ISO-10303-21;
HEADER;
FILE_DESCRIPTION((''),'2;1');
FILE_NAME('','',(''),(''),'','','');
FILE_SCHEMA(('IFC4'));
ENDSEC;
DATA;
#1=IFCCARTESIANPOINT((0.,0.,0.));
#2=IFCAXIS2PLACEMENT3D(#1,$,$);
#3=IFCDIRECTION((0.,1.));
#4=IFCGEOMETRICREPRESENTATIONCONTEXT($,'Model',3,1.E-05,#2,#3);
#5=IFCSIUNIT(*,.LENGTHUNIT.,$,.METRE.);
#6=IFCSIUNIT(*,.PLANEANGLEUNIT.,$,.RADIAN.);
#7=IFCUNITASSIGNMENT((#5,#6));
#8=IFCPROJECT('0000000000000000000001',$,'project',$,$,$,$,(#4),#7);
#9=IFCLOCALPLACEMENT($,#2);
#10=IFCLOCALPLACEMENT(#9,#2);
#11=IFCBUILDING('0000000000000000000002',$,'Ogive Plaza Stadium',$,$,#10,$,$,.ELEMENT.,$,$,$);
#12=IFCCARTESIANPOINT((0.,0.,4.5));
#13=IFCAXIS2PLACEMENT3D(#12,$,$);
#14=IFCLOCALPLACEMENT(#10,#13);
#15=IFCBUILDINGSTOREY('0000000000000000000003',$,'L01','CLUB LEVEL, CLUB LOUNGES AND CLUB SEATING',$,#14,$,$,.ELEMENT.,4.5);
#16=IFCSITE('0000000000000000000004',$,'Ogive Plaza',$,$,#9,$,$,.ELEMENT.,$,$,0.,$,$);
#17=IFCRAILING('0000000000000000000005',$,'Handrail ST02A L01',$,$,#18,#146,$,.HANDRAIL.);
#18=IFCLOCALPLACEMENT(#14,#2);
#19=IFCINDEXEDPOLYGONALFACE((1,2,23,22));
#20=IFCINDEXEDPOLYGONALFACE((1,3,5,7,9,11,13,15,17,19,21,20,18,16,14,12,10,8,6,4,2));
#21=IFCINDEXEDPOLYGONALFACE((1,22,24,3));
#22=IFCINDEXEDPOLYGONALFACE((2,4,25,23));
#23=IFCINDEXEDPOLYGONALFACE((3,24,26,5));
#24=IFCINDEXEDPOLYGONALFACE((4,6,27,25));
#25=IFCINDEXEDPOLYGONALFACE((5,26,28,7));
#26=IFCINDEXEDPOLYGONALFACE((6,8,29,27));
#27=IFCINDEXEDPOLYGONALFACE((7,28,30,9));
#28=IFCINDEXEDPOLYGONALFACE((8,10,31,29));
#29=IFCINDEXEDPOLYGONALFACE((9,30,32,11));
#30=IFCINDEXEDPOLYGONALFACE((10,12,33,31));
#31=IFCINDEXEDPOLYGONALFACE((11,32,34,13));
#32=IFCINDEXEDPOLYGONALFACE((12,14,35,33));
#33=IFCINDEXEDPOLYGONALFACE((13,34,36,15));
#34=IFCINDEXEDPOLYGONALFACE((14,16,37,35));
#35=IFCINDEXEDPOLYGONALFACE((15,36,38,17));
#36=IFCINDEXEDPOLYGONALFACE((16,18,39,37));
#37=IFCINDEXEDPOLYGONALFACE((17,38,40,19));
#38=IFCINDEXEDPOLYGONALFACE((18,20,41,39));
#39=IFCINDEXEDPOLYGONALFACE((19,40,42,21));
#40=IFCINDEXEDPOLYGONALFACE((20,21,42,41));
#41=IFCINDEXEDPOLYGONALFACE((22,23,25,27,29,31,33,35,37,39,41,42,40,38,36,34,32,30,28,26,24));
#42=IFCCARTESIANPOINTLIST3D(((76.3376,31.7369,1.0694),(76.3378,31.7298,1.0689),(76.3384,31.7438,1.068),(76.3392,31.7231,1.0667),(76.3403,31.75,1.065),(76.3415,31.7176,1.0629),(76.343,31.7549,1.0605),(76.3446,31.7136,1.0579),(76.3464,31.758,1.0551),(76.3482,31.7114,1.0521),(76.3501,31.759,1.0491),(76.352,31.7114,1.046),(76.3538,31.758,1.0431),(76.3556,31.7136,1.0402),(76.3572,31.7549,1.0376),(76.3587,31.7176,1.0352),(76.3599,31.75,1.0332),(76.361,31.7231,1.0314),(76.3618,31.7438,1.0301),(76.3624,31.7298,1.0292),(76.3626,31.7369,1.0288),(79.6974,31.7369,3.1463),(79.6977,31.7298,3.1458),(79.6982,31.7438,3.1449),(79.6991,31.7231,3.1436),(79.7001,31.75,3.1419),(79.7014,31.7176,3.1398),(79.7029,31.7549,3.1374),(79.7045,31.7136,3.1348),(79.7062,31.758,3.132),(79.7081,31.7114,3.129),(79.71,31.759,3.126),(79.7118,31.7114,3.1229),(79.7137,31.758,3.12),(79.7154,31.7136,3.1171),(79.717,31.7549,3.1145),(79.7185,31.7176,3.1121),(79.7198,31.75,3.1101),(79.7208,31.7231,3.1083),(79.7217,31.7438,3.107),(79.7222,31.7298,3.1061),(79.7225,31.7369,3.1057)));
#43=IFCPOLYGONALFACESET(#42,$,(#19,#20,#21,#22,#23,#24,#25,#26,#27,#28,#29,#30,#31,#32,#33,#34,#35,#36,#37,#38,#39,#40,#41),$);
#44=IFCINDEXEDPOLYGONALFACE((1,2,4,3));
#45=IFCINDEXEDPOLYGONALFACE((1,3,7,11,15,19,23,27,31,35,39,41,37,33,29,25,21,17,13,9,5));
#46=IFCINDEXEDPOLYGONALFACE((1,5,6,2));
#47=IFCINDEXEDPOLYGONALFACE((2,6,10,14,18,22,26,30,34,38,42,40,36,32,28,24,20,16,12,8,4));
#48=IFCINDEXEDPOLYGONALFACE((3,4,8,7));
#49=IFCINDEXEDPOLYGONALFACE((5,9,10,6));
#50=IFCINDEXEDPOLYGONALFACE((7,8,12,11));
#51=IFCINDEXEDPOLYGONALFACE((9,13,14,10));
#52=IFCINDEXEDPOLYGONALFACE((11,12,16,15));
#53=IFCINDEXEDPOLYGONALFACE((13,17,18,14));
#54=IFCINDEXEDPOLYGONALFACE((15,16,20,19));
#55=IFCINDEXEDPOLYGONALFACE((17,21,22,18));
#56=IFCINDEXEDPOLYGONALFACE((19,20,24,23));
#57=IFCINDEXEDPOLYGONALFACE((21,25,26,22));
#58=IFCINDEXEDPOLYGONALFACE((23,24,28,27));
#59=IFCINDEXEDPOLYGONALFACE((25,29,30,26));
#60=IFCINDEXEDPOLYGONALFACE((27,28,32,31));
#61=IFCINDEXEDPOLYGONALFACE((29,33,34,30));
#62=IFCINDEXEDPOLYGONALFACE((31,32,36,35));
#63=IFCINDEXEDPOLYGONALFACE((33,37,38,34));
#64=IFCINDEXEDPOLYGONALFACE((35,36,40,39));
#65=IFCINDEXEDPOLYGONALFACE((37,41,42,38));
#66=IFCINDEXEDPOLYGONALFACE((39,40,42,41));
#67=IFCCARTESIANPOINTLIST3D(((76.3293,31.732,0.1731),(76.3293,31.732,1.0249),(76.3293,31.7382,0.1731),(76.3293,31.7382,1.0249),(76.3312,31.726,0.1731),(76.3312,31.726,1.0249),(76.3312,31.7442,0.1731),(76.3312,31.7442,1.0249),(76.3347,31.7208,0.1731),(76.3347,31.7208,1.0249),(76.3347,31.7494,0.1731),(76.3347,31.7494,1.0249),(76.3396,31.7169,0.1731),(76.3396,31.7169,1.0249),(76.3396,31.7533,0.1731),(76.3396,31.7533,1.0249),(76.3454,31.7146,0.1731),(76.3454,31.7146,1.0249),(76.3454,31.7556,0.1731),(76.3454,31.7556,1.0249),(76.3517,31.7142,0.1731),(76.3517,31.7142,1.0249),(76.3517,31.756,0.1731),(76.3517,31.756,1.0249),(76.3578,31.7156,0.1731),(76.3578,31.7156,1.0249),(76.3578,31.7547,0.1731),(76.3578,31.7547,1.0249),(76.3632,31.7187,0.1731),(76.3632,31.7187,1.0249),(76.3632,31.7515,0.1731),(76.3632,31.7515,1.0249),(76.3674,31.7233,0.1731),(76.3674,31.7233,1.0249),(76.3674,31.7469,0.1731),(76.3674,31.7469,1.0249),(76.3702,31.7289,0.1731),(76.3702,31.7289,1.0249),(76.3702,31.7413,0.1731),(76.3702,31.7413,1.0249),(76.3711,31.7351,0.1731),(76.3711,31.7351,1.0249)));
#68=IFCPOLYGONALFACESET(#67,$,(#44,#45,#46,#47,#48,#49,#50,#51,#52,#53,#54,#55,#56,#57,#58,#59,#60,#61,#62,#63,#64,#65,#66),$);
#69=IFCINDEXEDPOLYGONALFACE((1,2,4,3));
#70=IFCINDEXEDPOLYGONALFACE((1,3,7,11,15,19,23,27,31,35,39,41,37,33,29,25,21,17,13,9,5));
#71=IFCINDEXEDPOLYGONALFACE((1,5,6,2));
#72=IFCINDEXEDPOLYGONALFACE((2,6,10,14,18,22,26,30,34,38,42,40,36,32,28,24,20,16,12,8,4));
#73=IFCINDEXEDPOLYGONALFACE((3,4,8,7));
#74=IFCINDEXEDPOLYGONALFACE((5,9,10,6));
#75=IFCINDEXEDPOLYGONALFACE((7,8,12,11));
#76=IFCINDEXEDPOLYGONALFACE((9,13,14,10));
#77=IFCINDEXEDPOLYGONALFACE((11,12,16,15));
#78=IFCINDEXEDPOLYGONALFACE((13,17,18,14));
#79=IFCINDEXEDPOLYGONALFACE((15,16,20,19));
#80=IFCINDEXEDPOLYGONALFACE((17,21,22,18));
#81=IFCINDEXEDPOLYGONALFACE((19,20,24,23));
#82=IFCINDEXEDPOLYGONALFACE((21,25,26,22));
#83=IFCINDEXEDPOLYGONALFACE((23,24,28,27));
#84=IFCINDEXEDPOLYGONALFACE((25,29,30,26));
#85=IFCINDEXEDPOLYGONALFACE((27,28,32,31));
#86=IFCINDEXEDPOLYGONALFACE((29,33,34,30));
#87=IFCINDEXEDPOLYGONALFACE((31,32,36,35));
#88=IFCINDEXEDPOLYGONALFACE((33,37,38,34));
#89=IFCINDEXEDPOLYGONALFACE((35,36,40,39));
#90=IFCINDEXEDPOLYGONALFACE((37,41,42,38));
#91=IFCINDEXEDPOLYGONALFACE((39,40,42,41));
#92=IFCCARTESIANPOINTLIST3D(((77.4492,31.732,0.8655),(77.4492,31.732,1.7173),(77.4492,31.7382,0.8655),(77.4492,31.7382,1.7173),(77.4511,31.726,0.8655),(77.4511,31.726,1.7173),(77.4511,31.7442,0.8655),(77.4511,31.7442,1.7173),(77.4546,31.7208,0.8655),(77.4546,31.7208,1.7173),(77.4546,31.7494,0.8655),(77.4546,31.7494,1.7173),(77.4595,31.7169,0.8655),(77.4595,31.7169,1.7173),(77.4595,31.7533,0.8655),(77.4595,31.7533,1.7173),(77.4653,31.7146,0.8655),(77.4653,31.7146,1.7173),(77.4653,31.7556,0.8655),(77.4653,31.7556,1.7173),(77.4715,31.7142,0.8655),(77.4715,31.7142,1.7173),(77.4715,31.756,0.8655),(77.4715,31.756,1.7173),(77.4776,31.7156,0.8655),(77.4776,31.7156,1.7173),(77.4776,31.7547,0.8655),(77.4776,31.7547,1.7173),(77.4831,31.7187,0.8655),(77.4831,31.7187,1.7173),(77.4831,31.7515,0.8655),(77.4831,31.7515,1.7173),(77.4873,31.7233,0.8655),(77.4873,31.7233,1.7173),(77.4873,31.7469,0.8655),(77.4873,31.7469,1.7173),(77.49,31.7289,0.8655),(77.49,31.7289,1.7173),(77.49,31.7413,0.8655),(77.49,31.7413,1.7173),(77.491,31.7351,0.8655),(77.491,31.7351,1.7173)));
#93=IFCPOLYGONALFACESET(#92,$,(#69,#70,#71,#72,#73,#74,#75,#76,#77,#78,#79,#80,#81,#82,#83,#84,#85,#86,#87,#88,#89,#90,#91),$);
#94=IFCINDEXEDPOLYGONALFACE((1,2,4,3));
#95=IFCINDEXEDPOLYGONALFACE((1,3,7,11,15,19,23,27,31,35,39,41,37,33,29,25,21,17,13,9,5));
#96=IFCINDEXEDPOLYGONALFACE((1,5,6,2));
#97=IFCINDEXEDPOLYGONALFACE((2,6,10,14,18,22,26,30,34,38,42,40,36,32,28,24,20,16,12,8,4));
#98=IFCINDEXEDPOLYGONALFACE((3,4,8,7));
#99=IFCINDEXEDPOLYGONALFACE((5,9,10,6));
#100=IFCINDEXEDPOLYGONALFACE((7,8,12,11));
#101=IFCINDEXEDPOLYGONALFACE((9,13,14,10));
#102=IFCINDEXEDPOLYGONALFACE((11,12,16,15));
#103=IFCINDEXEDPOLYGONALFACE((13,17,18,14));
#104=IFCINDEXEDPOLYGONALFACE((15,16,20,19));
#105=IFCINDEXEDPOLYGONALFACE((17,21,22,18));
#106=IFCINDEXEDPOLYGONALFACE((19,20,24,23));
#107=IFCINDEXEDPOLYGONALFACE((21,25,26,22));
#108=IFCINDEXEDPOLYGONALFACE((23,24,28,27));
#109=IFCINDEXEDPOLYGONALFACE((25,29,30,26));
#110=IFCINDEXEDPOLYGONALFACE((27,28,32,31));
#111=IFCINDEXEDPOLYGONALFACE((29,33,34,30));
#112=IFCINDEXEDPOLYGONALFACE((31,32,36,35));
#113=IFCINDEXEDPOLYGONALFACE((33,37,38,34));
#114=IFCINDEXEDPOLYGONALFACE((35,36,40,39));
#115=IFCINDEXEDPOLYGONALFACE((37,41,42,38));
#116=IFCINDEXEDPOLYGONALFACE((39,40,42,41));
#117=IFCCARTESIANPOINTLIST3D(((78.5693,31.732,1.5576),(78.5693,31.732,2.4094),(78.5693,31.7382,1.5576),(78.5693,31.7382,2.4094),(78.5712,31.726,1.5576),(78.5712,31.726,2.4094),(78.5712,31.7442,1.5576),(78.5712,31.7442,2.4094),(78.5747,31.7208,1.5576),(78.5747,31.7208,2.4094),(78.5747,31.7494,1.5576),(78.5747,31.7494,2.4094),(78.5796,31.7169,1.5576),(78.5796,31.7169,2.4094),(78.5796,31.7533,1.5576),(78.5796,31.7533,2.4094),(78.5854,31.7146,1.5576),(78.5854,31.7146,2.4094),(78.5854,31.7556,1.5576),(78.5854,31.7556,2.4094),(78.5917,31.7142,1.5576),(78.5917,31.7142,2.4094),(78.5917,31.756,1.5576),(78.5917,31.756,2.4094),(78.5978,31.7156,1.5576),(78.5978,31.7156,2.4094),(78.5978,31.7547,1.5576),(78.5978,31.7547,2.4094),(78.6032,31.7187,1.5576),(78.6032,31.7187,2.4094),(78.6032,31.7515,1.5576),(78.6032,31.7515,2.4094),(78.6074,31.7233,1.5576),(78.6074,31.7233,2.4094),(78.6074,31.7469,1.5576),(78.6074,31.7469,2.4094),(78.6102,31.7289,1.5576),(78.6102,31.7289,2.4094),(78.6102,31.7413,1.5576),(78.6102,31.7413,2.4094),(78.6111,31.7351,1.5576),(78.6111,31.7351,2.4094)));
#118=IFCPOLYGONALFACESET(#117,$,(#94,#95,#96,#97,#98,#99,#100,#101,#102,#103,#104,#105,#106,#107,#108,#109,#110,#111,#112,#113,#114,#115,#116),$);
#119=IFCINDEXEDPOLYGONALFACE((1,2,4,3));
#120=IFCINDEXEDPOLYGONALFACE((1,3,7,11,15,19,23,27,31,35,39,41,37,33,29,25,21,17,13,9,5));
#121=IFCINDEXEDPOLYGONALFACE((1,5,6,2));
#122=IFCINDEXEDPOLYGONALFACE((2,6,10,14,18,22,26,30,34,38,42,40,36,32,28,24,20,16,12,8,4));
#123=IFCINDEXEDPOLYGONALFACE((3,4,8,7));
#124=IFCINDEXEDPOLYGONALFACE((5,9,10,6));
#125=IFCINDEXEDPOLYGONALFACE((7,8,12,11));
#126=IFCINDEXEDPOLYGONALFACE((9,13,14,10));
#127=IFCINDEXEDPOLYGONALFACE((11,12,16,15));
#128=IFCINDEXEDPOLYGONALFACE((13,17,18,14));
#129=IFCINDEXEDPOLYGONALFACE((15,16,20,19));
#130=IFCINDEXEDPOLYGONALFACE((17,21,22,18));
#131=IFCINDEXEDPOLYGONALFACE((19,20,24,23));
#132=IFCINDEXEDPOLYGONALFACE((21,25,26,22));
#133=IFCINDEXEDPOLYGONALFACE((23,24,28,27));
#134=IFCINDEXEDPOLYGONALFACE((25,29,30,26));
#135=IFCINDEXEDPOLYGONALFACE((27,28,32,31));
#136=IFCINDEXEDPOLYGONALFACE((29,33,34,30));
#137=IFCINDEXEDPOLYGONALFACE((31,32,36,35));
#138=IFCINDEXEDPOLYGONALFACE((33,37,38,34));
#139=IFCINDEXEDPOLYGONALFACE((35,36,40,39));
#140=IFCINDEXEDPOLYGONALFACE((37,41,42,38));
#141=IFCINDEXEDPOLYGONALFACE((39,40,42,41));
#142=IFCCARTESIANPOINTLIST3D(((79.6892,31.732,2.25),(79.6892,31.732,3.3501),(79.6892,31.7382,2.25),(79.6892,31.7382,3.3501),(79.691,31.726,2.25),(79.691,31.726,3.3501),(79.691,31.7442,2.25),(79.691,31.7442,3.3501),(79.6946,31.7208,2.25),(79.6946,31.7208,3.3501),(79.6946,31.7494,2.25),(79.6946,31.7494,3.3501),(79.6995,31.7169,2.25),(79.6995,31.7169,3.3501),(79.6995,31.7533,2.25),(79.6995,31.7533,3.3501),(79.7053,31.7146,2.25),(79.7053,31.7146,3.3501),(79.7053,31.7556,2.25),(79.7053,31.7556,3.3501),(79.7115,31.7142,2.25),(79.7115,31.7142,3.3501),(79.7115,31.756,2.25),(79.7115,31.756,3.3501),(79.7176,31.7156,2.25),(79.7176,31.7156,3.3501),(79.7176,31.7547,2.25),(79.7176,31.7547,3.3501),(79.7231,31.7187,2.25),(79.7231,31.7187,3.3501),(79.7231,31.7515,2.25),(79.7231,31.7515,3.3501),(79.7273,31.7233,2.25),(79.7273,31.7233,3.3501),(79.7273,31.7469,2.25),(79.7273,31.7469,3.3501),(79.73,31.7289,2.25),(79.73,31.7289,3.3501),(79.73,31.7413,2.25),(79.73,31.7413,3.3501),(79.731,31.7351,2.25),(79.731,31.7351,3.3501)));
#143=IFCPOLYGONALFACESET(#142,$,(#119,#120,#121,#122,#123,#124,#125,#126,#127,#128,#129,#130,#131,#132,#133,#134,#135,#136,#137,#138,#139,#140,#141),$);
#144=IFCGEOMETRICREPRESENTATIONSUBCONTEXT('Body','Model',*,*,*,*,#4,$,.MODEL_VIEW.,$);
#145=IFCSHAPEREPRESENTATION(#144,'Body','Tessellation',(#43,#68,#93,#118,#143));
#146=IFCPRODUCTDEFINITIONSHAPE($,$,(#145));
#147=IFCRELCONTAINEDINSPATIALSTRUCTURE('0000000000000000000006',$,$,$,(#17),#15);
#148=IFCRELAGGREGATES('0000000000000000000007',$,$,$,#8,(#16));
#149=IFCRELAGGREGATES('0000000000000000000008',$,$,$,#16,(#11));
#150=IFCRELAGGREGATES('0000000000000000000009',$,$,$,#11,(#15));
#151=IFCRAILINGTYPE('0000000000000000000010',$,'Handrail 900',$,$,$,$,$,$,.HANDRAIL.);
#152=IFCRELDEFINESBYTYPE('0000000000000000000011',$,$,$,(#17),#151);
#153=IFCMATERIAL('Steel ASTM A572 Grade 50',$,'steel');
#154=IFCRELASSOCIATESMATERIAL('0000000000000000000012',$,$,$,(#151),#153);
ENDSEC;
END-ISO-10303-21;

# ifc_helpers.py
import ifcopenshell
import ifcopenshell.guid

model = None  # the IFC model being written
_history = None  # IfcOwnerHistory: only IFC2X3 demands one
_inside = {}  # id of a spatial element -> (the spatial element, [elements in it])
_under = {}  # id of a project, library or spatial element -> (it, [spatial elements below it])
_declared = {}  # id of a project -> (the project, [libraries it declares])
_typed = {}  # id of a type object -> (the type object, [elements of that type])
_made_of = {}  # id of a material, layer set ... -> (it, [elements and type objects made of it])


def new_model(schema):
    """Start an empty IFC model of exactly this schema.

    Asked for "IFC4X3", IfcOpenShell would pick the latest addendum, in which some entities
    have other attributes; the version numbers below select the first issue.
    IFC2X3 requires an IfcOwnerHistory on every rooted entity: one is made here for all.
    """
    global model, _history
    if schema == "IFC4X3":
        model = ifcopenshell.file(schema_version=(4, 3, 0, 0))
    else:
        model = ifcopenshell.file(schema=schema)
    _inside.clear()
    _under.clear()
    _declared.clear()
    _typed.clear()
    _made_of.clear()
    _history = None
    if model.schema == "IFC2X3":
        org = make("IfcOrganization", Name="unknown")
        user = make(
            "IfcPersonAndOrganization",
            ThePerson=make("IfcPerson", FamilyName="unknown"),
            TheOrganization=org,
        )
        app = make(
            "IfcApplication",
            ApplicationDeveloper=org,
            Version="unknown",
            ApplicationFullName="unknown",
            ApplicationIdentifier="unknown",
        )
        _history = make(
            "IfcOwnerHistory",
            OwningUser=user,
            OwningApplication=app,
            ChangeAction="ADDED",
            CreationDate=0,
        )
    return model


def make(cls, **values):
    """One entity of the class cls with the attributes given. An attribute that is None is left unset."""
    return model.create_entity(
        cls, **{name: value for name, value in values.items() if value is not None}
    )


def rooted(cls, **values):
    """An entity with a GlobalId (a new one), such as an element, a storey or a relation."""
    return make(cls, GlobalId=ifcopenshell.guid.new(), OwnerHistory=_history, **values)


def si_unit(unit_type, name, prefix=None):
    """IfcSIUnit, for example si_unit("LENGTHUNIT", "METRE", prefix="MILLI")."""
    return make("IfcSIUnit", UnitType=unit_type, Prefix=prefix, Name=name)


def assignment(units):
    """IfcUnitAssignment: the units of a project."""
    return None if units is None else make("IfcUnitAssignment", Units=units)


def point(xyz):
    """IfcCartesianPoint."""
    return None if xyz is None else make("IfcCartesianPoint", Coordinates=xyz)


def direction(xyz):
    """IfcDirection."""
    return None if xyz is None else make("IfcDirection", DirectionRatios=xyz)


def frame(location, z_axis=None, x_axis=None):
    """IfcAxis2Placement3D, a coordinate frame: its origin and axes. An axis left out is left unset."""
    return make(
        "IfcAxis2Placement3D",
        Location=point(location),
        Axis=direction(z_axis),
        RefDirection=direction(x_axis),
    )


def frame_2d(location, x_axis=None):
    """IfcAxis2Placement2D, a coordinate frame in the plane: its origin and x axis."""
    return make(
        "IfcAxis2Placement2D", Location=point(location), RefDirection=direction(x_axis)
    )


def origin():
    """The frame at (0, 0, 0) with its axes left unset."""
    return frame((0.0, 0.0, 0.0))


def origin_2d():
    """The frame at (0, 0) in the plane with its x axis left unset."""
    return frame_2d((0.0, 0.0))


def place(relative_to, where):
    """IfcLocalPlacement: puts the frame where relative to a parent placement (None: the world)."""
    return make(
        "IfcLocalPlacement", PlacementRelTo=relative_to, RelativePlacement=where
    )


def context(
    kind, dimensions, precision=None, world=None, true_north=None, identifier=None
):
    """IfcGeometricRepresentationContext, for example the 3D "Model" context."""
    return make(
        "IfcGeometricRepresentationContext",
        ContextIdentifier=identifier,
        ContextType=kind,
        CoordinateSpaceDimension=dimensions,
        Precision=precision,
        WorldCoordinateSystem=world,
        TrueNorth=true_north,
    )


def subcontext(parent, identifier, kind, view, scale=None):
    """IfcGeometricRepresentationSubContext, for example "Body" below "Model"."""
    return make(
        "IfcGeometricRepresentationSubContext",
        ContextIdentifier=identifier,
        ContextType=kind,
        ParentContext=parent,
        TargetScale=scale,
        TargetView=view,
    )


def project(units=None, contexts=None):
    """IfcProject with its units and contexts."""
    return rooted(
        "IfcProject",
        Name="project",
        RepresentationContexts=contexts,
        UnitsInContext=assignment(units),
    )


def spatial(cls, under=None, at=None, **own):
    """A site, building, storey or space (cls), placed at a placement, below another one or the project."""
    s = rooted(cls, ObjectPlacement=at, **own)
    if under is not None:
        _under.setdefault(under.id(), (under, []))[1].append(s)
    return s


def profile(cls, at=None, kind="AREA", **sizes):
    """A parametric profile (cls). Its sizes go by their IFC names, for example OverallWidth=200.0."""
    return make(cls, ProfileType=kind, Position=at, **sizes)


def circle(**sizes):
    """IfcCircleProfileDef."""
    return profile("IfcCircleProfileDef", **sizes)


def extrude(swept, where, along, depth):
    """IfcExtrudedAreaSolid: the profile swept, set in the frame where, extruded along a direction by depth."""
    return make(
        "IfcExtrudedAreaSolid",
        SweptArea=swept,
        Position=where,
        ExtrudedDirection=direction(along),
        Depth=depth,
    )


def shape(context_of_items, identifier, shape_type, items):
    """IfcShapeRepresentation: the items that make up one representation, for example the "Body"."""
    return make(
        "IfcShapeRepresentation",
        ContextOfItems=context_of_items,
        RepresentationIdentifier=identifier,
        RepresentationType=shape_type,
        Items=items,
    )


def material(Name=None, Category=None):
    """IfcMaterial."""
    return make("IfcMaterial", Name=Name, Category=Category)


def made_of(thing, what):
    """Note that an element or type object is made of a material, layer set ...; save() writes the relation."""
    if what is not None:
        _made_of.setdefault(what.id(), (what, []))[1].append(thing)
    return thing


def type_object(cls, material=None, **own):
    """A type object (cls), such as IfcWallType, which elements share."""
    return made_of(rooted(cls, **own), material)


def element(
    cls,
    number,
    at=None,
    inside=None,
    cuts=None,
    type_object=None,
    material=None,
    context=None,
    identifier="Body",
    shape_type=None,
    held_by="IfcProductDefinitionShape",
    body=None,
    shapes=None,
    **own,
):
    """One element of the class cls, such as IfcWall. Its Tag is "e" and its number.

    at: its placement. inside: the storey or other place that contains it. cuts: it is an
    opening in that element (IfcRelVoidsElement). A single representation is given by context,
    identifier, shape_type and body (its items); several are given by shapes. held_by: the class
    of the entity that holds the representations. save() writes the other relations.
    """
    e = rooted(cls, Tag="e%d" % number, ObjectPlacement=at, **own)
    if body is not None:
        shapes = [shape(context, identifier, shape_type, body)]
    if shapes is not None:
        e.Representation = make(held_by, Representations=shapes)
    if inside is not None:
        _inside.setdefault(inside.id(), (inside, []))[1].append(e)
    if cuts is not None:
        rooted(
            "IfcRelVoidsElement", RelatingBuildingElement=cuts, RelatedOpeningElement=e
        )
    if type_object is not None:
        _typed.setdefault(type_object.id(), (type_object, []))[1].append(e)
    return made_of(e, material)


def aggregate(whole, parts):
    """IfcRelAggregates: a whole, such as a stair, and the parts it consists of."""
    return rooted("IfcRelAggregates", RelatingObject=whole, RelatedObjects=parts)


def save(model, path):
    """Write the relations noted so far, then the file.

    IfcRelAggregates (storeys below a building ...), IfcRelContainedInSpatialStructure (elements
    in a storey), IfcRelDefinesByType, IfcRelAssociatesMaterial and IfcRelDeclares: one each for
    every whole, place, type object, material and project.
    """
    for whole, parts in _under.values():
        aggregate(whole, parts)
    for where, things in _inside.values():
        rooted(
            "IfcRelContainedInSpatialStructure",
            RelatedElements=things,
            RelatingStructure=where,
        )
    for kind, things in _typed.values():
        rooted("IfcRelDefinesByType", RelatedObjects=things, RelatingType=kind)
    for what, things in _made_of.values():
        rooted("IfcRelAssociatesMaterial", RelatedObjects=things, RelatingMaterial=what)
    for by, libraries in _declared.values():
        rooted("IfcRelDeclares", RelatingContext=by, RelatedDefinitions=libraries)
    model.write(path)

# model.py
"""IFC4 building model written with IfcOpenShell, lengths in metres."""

from ifc_helpers import new_model, si_unit, direction, frame, origin, origin_2d, place, context, subcontext, project, spatial, circle, extrude, material, type_object, element, save


model = new_model("IFC4")

# Units and contexts
model_context = context("Model", 3, precision=1e-05, world=origin(), true_north=direction((0.0, 1.0)))
body_context = subcontext(model_context, "Body", "Model", "MODEL_VIEW")
ifc_project = project(units=[si_unit("LENGTHUNIT", "METRE"), si_unit("PLANEANGLEUNIT", "RADIAN")], contexts=[model_context])

# Site, building, storey
site_placement = place(None, origin())
site = spatial("IfcSite", under=ifc_project, at=site_placement, Name="Ogive Plaza", CompositionType="ELEMENT", RefElevation=0.0)
building_placement = place(site_placement, origin())
building = spatial("IfcBuilding", under=site, at=building_placement, Name="Ogive Plaza Stadium", CompositionType="ELEMENT")
storey_placement = place(building_placement, frame((0.0, 0.0, 4.5)))
storey = spatial("IfcBuildingStorey", under=building, at=storey_placement, Name="L01", Description="CLUB LEVEL, CLUB LOUNGES AND CLUB SEATING", CompositionType="ELEMENT", Elevation=4.5)

# Railing
ifc_material_1 = material(Name="Steel ASTM A572 Grade 50", Category="steel")
railing_type_1 = type_object("IfcRailingType", Name="Handrail 900", PredefinedType="HANDRAIL", material=ifc_material_1)
for number, where, name in (
    (1, (76.3501, 31.7351, 0.1731), "Handrail ST02A L01"),
):
    element("IfcRailing", number, at=place(storey_placement, frame(where)), inside=storey, type_object=railing_type_1, Name=name, PredefinedType="HANDRAIL", context=body_context, shape_type="SweptSolid", body=[
        extrude(circle(Radius=0.0239, at=origin_2d()), frame((0.0, 0.0, 0.876), z_axis=(0.850606, 0.0, 0.525803), x_axis=(0.0, 1.0, 0.0)), (0.0, 0.0, 1.0), 3.95),
        extrude(circle(Radius=0.021, at=origin_2d()), origin(), (0.0, 0.0, 1.0), 0.8518),
        extrude(circle(Radius=0.021, at=origin_2d()), frame((1.1199, 0.0, 0.6924)), (0.0, 0.0, 1.0), 0.8518),
        extrude(circle(Radius=0.021, at=origin_2d()), frame((2.24, 0.0, 1.3845)), (0.0, 0.0, 1.0), 0.8518),
        extrude(circle(Radius=0.021, at=origin_2d()), frame((3.3599, 0.0, 2.0769)), (0.0, 0.0, 1.0), 1.1001),
    ])

save(model, "model.ifc")
